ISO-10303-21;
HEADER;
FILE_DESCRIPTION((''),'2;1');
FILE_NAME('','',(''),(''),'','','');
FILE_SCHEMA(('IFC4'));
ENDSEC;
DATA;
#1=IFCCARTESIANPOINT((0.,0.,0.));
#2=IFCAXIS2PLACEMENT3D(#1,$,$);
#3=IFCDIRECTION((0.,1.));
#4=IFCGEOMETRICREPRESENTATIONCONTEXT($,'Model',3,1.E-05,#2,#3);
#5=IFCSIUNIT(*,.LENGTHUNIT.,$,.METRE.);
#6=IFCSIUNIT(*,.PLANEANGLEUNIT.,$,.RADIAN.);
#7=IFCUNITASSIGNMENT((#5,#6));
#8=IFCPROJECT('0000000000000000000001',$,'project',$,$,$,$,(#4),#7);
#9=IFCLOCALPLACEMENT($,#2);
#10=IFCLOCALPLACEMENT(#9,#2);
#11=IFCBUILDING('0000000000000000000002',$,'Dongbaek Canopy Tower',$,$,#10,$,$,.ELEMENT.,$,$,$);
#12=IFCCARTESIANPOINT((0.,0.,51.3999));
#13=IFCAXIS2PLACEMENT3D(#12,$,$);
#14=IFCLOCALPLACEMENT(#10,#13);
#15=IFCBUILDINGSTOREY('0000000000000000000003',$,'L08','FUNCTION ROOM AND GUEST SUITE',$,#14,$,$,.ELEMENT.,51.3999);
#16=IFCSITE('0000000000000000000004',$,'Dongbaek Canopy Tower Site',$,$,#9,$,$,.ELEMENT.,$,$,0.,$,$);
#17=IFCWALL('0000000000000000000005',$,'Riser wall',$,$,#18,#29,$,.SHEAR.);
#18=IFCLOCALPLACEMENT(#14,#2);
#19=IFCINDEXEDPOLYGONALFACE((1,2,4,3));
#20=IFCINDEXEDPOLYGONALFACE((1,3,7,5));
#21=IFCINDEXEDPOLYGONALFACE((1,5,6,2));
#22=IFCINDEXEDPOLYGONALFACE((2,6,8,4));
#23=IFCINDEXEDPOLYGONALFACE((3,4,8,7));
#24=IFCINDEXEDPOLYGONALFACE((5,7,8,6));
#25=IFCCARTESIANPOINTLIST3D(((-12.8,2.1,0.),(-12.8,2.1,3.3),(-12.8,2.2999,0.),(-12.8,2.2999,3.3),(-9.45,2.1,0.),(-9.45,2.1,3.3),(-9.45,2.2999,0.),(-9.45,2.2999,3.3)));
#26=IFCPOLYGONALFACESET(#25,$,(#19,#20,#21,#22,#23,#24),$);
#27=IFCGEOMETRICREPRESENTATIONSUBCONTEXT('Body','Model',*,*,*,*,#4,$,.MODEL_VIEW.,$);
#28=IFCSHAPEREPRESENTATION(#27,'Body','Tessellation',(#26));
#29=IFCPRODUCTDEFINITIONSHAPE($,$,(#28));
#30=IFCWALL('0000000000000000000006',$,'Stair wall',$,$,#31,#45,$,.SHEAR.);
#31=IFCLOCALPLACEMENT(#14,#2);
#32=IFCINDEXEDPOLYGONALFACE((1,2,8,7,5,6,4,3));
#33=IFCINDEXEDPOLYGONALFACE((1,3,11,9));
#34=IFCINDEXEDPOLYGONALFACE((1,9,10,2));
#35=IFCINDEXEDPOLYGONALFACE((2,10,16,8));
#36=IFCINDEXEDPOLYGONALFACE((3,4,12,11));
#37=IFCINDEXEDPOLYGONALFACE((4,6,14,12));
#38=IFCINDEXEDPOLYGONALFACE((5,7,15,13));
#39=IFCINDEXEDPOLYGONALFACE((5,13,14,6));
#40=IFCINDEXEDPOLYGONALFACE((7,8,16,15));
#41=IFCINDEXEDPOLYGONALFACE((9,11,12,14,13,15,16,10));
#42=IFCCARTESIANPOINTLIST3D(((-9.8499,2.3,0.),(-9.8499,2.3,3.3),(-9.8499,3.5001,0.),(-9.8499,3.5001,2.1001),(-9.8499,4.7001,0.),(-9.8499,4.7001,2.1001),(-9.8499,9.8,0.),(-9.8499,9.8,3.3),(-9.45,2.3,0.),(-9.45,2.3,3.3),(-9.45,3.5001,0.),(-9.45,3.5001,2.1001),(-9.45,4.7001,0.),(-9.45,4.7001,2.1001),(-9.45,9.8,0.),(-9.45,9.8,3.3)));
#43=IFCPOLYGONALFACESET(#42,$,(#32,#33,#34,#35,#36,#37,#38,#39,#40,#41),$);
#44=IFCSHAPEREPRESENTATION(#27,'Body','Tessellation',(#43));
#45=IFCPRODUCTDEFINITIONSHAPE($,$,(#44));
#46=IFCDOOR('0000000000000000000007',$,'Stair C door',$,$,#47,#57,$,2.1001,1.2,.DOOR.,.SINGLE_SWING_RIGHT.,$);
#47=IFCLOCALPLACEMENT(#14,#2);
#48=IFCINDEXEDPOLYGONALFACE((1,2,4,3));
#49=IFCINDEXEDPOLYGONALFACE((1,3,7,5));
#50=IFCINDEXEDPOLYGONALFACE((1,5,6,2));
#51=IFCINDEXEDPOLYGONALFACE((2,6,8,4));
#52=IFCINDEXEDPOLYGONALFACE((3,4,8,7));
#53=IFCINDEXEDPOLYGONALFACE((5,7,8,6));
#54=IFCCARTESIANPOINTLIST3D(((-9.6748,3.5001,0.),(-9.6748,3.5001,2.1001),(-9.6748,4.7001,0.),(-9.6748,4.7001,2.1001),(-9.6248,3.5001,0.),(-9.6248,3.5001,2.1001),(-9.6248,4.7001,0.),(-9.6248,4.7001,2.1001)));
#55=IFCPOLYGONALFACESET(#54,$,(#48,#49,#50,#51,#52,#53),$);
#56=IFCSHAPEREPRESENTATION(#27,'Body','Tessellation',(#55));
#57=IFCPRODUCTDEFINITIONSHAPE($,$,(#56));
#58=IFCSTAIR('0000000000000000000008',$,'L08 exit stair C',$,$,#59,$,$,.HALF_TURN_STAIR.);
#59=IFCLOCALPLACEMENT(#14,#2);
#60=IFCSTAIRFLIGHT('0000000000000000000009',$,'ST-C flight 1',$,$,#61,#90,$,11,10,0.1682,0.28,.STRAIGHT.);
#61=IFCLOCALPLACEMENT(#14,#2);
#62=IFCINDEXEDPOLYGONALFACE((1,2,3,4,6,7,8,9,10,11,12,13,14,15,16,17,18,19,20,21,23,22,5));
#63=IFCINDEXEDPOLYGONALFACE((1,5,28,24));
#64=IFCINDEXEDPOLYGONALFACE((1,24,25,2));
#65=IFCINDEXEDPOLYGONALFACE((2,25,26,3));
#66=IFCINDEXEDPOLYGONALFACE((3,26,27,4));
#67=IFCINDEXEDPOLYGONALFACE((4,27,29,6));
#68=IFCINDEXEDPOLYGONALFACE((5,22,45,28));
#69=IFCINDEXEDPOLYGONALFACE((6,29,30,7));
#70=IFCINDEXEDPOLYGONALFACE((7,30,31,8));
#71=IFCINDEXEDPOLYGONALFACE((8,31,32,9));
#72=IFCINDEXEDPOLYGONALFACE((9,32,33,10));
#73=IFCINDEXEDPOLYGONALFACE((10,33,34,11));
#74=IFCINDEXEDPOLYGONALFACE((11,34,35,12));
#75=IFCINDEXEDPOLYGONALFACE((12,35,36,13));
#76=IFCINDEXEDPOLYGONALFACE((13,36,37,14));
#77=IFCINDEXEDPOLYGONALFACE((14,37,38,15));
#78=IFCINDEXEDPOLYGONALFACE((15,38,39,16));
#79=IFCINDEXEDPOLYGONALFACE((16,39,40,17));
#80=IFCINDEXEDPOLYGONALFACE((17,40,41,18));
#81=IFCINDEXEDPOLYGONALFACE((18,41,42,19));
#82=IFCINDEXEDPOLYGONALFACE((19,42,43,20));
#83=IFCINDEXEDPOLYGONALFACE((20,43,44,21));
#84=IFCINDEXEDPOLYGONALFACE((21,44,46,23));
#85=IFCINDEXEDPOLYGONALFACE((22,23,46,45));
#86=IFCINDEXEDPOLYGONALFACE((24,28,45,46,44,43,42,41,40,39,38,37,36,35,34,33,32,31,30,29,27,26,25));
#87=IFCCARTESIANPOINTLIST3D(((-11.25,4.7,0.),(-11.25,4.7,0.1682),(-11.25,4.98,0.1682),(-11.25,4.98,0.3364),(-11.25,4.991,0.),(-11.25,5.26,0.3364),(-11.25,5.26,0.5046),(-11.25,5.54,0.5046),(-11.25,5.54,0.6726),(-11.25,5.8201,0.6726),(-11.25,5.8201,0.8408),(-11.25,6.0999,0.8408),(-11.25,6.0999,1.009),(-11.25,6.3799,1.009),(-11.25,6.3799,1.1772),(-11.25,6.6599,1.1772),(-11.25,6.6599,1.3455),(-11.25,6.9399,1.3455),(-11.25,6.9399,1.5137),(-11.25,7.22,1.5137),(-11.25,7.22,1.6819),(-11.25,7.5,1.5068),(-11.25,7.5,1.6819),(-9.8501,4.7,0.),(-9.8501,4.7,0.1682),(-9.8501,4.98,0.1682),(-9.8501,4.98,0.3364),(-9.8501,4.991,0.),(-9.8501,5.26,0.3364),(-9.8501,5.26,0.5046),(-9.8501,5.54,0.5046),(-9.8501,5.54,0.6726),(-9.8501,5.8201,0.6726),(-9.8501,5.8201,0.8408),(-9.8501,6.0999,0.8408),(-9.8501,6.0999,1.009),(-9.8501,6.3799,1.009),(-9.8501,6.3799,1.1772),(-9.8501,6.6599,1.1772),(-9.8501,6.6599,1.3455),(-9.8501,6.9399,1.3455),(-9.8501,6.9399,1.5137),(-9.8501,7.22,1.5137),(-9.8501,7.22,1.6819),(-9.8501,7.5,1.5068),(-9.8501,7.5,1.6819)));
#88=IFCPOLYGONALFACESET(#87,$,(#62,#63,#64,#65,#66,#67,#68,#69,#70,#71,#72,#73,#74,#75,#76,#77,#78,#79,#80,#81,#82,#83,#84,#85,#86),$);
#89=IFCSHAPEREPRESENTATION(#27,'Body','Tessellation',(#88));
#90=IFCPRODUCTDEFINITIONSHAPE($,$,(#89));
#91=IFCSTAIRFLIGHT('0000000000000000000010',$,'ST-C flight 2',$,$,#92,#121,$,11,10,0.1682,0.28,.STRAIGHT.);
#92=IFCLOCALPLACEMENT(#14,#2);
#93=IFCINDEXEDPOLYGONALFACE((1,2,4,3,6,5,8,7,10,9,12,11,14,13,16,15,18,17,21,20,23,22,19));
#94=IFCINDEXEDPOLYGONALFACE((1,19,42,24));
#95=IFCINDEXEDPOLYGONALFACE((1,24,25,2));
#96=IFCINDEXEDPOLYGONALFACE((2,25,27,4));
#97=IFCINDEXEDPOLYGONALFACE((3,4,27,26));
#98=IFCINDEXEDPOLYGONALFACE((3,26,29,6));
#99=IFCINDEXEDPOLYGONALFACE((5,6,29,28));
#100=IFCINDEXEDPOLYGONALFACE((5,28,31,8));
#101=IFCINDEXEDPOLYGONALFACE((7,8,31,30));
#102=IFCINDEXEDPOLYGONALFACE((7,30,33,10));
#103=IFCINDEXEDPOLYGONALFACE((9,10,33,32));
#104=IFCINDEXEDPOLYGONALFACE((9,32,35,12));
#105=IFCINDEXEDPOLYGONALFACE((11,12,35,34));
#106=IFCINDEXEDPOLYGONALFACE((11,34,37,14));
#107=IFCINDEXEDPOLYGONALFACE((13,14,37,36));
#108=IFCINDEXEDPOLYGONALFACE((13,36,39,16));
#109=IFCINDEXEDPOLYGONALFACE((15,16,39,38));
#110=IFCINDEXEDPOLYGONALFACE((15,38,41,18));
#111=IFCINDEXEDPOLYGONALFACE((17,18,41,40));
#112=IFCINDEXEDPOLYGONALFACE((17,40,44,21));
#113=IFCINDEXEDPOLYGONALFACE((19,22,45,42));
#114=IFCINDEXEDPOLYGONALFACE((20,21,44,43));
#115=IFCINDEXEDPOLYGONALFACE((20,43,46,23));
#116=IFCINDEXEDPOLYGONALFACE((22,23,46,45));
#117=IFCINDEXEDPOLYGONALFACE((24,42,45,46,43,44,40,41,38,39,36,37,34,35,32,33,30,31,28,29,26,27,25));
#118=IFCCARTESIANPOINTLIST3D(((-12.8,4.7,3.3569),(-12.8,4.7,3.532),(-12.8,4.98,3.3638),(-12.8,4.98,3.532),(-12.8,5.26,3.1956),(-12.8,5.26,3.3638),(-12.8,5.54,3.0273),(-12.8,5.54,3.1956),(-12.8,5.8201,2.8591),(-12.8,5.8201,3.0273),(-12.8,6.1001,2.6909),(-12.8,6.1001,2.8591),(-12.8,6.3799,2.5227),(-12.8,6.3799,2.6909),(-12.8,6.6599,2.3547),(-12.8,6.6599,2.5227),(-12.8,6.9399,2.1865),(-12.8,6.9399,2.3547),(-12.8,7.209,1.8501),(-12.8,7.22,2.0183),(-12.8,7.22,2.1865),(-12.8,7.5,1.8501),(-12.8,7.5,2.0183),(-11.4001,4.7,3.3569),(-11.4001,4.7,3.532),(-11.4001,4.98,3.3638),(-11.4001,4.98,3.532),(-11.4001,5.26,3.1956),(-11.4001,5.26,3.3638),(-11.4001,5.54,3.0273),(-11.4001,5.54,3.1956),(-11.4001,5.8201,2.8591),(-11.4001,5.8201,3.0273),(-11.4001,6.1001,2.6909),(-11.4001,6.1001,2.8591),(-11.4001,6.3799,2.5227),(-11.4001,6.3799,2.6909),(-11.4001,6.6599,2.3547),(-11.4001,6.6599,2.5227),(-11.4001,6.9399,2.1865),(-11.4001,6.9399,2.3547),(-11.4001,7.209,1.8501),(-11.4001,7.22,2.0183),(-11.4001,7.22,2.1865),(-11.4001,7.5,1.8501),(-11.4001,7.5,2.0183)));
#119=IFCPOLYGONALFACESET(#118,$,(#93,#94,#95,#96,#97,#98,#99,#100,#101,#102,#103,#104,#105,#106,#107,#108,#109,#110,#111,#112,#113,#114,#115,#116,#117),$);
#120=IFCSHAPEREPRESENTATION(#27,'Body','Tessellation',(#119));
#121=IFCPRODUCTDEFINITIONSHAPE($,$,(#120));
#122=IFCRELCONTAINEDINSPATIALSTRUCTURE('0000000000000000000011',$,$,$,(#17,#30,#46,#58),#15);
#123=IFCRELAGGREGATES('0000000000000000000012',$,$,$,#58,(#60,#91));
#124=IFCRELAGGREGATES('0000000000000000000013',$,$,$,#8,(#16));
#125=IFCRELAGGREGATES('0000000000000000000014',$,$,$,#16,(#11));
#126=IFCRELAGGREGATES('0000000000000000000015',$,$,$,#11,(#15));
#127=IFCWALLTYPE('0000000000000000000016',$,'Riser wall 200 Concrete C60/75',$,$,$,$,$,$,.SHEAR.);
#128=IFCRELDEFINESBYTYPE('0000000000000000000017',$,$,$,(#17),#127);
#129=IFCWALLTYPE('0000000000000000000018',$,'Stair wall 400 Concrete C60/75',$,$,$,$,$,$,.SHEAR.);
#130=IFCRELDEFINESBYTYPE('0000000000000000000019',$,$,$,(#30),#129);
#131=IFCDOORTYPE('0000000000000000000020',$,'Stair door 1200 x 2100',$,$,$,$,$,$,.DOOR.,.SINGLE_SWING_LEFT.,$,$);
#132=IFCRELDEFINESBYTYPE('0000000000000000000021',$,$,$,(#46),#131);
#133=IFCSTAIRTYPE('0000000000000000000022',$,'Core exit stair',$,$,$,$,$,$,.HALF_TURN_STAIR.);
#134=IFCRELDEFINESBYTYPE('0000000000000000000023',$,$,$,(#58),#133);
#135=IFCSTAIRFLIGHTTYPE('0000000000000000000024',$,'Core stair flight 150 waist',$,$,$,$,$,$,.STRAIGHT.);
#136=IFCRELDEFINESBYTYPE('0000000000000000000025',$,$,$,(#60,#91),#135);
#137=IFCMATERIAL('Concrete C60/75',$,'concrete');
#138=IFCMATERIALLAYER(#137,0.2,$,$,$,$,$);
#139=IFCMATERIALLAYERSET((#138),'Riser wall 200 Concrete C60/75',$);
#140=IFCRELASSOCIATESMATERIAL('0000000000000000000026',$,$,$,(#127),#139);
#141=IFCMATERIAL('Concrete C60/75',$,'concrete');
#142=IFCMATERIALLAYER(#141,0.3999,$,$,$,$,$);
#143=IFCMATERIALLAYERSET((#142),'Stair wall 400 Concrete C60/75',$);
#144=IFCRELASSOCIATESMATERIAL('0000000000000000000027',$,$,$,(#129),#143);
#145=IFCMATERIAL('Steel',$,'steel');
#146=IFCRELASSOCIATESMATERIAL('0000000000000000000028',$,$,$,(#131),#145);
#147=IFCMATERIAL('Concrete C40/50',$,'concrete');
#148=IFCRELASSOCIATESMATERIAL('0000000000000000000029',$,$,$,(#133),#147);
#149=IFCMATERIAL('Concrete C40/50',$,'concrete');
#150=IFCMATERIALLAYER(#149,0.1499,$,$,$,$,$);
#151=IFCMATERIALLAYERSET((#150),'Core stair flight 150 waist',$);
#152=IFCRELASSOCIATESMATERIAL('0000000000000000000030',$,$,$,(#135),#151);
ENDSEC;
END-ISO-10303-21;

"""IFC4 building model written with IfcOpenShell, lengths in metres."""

from ifc_helpers import new_model, si_unit, direction, frame, frame_2d, origin, place, context, subcontext, project, spatial, polyline, rectangle, outline, extrude, material, layer, layer_set, type_object, element, fill, aggregate, save


model = new_model("IFC4")

# Units and contexts
model_context = context("Model", 3, precision=1e-05, world=origin(), true_north=direction((0.0, 1.0)))
body_context = subcontext(model_context, "Body", "Model", "MODEL_VIEW")
ifc_project = project(units=[si_unit("LENGTHUNIT", "METRE"), si_unit("PLANEANGLEUNIT", "RADIAN")], contexts=[model_context])

# Site, building, storey
site_placement = place(None, origin())
site = spatial("IfcSite", under=ifc_project, at=site_placement, Name="Dongbaek Canopy Tower Site", CompositionType="ELEMENT", RefElevation=0.0)
building_placement = place(site_placement, origin())
building = spatial("IfcBuilding", under=site, at=building_placement, Name="Dongbaek Canopy Tower", CompositionType="ELEMENT")
storey_placement = place(building_placement, frame((0.0, 0.0, 51.3999)))
storey = spatial("IfcBuildingStorey", under=building, at=storey_placement, Name="L08", Description="FUNCTION ROOM AND GUEST SUITE", CompositionType="ELEMENT", Elevation=51.3999)

# Wall
ifc_material_1 = material(Name="Concrete C60/75", Category="concrete")
ifc_layer_1 = layer(ifc_material_1, 0.2)
ifc_layer_set_1 = layer_set([ifc_layer_1], Name="Riser wall 200 Concrete C60/75")
wall_type_1 = type_object("IfcWallType", Name="Riser wall 200 Concrete C60/75", PredefinedType="SHEAR", material=ifc_layer_set_1)
wall_1_placement = place(storey_placement, frame((-9.45, 2.2, 0.0), z_axis=(0.0, 0.0, 1.0), x_axis=(-1.0, 0.0, 0.0)))
element("IfcWall", 1, at=wall_1_placement, inside=storey, type_object=wall_type_1, Name="Riser wall", PredefinedType="SHEAR", context=body_context, shape_type="SweptSolid", body=[
    extrude(rectangle(XDim=3.3501, YDim=0.2, at=frame_2d((1.675, 0.0))), origin(), (0.0, 0.0, 1.0), 3.3),
])

# Wall, opening, door
ifc_material_2 = material(Name="Concrete C60/75", Category="concrete")
ifc_layer_2 = layer(ifc_material_2, 0.3999)
ifc_layer_set_2 = layer_set([ifc_layer_2], Name="Stair wall 400 Concrete C60/75")
wall_type_2 = type_object("IfcWallType", Name="Stair wall 400 Concrete C60/75", PredefinedType="SHEAR", material=ifc_layer_set_2)
wall_2_placement = place(storey_placement, frame((-9.6499, 2.3, 0.0), z_axis=(0.0, 0.0, 1.0), x_axis=(0.0, 1.0, 0.0)))
wall_2 = element("IfcWall", 2, at=wall_2_placement, inside=storey, type_object=wall_type_2, Name="Stair wall", PredefinedType="SHEAR", context=body_context, shape_type="SweptSolid", body=[
    extrude(rectangle(XDim=7.5, YDim=0.3999, at=frame_2d((3.75, 0.0))), origin(), (0.0, 0.0, 1.0), 3.3),
])
opening_1_placement = place(wall_2_placement, frame((1.2, 0.0, 0.0)))
opening_1 = element("IfcOpeningElement", 3, at=opening_1_placement, cuts=wall_2, PredefinedType="OPENING", context=body_context, shape_type="SweptSolid", body=[
    extrude(rectangle(XDim=1.2, YDim=2.1001, at=frame_2d((0.6001, 1.05))), frame((0.0, 0.21, 0.0), z_axis=(0.0, -1.0, 0.0), x_axis=(1.0, 0.0, 0.0)), (0.0, 0.0, 1.0), 0.4199),
])
ifc_material_3 = material(Name="Steel", Category="steel")
door_type_1 = type_object("IfcDoorType", Name="Stair door 1200 x 2100", OperationType="SINGLE_SWING_LEFT", PredefinedType="DOOR", material=ifc_material_3)
door_1_placement = place(opening_1_placement, origin())
door_1 = element("IfcDoor", 4, at=door_1_placement, inside=storey, type_object=door_type_1, Name="Stair C door", OperationType="SINGLE_SWING_RIGHT", OverallHeight=2.1001, OverallWidth=1.2, PredefinedType="DOOR", context=body_context, shape_type="SweptSolid", body=[
    extrude(rectangle(XDim=1.2, YDim=2.1001, at=frame_2d((0.6001, 1.05))), frame((0.0, 0.0249, 0.0), z_axis=(0.0, -1.0, 0.0), x_axis=(1.0, 0.0, 0.0)), (0.0, 0.0, 1.0), 0.05),
])
fill(opening_1, door_1)

# Stair, stair flights
ifc_material_4 = material(Name="Concrete C40/50", Category="concrete")
stair_type = type_object("IfcStairType", Name="Core exit stair", PredefinedType="HALF_TURN_STAIR", material=ifc_material_4)
stair_placement = place(storey_placement, origin())
stair = element("IfcStair", 5, at=stair_placement, inside=storey, type_object=stair_type, Name="L08 exit stair C", PredefinedType="HALF_TURN_STAIR")
ifc_material_5 = material(Name="Concrete C40/50", Category="concrete")
ifc_layer_3 = layer(ifc_material_5, 0.1499)
ifc_layer_set_3 = layer_set([ifc_layer_3], Name="Core stair flight 150 waist")
stair_flight_type = type_object("IfcStairFlightType", Name="Core stair flight 150 waist", PredefinedType="STRAIGHT", material=ifc_layer_set_3)
stair_flight_1_placement = place(storey_placement, frame((-10.55, 4.7, 0.0), z_axis=(0.0, 0.0, 1.0), x_axis=(0.0, 1.0, 0.0)))
stair_flight_1 = element("IfcStairFlight", 6, at=stair_flight_1_placement, type_object=stair_flight_type, Name="ST-C flight 1", NumberOfRisers=11, NumberOfTreads=10, PredefinedType="STRAIGHT", RiserHeight=0.1682, TreadLength=0.28, context=body_context, shape_type="SweptSolid", body=[
    extrude(outline(polyline([(0.0, 0.0), (0.0, 0.1682), (0.28, 0.1682), (0.28, 0.3364), (0.5601, 0.3364), (0.5601, 0.5046), (0.8401, 0.5046), (0.8401, 0.6726), (1.1201, 0.6726), (1.1201, 0.8408), (1.3999, 0.8408), (1.3999, 1.009), (1.6799, 1.009), (1.6799, 1.1772), (1.96, 1.1772), (1.96, 1.3455), (2.24, 1.3455), (2.24, 1.5137), (2.52, 1.5137), (2.52, 1.6819), (2.8, 1.6819), (2.8, 1.8501), (2.8, 1.5068), (0.291, 0.0), (0.0, 0.0)])), frame((0.0, 0.7, 0.0), z_axis=(0.0, -1.0, 0.0), x_axis=(1.0, 0.0, 0.0)), (0.0, 0.0, 1.0), 1.3999),
])
stair_flight_2_placement = place(storey_placement, frame((-12.1001, 7.5, 1.8501), z_axis=(0.0, 0.0, 1.0), x_axis=(0.0, -1.0, 0.0)))
stair_flight_2 = element("IfcStairFlight", 7, at=stair_flight_2_placement, type_object=stair_flight_type, Name="ST-C flight 2", NumberOfRisers=11, NumberOfTreads=10, PredefinedType="STRAIGHT", RiserHeight=0.1682, TreadLength=0.28, context=body_context, shape_type="SweptSolid", body=[
    extrude(outline(polyline([(0.0, 0.0), (0.0, 0.1682), (0.28, 0.1682), (0.28, 0.3364), (0.5601, 0.3364), (0.5601, 0.5046), (0.8401, 0.5046), (0.8401, 0.6726), (1.1201, 0.6726), (1.1201, 0.8408), (1.3999, 0.8408), (1.3999, 1.009), (1.6799, 1.009), (1.6799, 1.1772), (1.96, 1.1772), (1.96, 1.3455), (2.24, 1.3455), (2.24, 1.5137), (2.52, 1.5137), (2.52, 1.6819), (2.8, 1.6819), (2.8, 1.8501), (2.8, 1.5068), (0.291, 0.0), (0.0, 0.0)])), frame((0.0, 0.7, 0.0), z_axis=(0.0, -1.0, 0.0), x_axis=(1.0, 0.0, 0.0)), (0.0, 0.0, 1.0), 1.3999),
])
aggregate(stair, [stair_flight_1, stair_flight_2])

save(model, "model.ifc")
